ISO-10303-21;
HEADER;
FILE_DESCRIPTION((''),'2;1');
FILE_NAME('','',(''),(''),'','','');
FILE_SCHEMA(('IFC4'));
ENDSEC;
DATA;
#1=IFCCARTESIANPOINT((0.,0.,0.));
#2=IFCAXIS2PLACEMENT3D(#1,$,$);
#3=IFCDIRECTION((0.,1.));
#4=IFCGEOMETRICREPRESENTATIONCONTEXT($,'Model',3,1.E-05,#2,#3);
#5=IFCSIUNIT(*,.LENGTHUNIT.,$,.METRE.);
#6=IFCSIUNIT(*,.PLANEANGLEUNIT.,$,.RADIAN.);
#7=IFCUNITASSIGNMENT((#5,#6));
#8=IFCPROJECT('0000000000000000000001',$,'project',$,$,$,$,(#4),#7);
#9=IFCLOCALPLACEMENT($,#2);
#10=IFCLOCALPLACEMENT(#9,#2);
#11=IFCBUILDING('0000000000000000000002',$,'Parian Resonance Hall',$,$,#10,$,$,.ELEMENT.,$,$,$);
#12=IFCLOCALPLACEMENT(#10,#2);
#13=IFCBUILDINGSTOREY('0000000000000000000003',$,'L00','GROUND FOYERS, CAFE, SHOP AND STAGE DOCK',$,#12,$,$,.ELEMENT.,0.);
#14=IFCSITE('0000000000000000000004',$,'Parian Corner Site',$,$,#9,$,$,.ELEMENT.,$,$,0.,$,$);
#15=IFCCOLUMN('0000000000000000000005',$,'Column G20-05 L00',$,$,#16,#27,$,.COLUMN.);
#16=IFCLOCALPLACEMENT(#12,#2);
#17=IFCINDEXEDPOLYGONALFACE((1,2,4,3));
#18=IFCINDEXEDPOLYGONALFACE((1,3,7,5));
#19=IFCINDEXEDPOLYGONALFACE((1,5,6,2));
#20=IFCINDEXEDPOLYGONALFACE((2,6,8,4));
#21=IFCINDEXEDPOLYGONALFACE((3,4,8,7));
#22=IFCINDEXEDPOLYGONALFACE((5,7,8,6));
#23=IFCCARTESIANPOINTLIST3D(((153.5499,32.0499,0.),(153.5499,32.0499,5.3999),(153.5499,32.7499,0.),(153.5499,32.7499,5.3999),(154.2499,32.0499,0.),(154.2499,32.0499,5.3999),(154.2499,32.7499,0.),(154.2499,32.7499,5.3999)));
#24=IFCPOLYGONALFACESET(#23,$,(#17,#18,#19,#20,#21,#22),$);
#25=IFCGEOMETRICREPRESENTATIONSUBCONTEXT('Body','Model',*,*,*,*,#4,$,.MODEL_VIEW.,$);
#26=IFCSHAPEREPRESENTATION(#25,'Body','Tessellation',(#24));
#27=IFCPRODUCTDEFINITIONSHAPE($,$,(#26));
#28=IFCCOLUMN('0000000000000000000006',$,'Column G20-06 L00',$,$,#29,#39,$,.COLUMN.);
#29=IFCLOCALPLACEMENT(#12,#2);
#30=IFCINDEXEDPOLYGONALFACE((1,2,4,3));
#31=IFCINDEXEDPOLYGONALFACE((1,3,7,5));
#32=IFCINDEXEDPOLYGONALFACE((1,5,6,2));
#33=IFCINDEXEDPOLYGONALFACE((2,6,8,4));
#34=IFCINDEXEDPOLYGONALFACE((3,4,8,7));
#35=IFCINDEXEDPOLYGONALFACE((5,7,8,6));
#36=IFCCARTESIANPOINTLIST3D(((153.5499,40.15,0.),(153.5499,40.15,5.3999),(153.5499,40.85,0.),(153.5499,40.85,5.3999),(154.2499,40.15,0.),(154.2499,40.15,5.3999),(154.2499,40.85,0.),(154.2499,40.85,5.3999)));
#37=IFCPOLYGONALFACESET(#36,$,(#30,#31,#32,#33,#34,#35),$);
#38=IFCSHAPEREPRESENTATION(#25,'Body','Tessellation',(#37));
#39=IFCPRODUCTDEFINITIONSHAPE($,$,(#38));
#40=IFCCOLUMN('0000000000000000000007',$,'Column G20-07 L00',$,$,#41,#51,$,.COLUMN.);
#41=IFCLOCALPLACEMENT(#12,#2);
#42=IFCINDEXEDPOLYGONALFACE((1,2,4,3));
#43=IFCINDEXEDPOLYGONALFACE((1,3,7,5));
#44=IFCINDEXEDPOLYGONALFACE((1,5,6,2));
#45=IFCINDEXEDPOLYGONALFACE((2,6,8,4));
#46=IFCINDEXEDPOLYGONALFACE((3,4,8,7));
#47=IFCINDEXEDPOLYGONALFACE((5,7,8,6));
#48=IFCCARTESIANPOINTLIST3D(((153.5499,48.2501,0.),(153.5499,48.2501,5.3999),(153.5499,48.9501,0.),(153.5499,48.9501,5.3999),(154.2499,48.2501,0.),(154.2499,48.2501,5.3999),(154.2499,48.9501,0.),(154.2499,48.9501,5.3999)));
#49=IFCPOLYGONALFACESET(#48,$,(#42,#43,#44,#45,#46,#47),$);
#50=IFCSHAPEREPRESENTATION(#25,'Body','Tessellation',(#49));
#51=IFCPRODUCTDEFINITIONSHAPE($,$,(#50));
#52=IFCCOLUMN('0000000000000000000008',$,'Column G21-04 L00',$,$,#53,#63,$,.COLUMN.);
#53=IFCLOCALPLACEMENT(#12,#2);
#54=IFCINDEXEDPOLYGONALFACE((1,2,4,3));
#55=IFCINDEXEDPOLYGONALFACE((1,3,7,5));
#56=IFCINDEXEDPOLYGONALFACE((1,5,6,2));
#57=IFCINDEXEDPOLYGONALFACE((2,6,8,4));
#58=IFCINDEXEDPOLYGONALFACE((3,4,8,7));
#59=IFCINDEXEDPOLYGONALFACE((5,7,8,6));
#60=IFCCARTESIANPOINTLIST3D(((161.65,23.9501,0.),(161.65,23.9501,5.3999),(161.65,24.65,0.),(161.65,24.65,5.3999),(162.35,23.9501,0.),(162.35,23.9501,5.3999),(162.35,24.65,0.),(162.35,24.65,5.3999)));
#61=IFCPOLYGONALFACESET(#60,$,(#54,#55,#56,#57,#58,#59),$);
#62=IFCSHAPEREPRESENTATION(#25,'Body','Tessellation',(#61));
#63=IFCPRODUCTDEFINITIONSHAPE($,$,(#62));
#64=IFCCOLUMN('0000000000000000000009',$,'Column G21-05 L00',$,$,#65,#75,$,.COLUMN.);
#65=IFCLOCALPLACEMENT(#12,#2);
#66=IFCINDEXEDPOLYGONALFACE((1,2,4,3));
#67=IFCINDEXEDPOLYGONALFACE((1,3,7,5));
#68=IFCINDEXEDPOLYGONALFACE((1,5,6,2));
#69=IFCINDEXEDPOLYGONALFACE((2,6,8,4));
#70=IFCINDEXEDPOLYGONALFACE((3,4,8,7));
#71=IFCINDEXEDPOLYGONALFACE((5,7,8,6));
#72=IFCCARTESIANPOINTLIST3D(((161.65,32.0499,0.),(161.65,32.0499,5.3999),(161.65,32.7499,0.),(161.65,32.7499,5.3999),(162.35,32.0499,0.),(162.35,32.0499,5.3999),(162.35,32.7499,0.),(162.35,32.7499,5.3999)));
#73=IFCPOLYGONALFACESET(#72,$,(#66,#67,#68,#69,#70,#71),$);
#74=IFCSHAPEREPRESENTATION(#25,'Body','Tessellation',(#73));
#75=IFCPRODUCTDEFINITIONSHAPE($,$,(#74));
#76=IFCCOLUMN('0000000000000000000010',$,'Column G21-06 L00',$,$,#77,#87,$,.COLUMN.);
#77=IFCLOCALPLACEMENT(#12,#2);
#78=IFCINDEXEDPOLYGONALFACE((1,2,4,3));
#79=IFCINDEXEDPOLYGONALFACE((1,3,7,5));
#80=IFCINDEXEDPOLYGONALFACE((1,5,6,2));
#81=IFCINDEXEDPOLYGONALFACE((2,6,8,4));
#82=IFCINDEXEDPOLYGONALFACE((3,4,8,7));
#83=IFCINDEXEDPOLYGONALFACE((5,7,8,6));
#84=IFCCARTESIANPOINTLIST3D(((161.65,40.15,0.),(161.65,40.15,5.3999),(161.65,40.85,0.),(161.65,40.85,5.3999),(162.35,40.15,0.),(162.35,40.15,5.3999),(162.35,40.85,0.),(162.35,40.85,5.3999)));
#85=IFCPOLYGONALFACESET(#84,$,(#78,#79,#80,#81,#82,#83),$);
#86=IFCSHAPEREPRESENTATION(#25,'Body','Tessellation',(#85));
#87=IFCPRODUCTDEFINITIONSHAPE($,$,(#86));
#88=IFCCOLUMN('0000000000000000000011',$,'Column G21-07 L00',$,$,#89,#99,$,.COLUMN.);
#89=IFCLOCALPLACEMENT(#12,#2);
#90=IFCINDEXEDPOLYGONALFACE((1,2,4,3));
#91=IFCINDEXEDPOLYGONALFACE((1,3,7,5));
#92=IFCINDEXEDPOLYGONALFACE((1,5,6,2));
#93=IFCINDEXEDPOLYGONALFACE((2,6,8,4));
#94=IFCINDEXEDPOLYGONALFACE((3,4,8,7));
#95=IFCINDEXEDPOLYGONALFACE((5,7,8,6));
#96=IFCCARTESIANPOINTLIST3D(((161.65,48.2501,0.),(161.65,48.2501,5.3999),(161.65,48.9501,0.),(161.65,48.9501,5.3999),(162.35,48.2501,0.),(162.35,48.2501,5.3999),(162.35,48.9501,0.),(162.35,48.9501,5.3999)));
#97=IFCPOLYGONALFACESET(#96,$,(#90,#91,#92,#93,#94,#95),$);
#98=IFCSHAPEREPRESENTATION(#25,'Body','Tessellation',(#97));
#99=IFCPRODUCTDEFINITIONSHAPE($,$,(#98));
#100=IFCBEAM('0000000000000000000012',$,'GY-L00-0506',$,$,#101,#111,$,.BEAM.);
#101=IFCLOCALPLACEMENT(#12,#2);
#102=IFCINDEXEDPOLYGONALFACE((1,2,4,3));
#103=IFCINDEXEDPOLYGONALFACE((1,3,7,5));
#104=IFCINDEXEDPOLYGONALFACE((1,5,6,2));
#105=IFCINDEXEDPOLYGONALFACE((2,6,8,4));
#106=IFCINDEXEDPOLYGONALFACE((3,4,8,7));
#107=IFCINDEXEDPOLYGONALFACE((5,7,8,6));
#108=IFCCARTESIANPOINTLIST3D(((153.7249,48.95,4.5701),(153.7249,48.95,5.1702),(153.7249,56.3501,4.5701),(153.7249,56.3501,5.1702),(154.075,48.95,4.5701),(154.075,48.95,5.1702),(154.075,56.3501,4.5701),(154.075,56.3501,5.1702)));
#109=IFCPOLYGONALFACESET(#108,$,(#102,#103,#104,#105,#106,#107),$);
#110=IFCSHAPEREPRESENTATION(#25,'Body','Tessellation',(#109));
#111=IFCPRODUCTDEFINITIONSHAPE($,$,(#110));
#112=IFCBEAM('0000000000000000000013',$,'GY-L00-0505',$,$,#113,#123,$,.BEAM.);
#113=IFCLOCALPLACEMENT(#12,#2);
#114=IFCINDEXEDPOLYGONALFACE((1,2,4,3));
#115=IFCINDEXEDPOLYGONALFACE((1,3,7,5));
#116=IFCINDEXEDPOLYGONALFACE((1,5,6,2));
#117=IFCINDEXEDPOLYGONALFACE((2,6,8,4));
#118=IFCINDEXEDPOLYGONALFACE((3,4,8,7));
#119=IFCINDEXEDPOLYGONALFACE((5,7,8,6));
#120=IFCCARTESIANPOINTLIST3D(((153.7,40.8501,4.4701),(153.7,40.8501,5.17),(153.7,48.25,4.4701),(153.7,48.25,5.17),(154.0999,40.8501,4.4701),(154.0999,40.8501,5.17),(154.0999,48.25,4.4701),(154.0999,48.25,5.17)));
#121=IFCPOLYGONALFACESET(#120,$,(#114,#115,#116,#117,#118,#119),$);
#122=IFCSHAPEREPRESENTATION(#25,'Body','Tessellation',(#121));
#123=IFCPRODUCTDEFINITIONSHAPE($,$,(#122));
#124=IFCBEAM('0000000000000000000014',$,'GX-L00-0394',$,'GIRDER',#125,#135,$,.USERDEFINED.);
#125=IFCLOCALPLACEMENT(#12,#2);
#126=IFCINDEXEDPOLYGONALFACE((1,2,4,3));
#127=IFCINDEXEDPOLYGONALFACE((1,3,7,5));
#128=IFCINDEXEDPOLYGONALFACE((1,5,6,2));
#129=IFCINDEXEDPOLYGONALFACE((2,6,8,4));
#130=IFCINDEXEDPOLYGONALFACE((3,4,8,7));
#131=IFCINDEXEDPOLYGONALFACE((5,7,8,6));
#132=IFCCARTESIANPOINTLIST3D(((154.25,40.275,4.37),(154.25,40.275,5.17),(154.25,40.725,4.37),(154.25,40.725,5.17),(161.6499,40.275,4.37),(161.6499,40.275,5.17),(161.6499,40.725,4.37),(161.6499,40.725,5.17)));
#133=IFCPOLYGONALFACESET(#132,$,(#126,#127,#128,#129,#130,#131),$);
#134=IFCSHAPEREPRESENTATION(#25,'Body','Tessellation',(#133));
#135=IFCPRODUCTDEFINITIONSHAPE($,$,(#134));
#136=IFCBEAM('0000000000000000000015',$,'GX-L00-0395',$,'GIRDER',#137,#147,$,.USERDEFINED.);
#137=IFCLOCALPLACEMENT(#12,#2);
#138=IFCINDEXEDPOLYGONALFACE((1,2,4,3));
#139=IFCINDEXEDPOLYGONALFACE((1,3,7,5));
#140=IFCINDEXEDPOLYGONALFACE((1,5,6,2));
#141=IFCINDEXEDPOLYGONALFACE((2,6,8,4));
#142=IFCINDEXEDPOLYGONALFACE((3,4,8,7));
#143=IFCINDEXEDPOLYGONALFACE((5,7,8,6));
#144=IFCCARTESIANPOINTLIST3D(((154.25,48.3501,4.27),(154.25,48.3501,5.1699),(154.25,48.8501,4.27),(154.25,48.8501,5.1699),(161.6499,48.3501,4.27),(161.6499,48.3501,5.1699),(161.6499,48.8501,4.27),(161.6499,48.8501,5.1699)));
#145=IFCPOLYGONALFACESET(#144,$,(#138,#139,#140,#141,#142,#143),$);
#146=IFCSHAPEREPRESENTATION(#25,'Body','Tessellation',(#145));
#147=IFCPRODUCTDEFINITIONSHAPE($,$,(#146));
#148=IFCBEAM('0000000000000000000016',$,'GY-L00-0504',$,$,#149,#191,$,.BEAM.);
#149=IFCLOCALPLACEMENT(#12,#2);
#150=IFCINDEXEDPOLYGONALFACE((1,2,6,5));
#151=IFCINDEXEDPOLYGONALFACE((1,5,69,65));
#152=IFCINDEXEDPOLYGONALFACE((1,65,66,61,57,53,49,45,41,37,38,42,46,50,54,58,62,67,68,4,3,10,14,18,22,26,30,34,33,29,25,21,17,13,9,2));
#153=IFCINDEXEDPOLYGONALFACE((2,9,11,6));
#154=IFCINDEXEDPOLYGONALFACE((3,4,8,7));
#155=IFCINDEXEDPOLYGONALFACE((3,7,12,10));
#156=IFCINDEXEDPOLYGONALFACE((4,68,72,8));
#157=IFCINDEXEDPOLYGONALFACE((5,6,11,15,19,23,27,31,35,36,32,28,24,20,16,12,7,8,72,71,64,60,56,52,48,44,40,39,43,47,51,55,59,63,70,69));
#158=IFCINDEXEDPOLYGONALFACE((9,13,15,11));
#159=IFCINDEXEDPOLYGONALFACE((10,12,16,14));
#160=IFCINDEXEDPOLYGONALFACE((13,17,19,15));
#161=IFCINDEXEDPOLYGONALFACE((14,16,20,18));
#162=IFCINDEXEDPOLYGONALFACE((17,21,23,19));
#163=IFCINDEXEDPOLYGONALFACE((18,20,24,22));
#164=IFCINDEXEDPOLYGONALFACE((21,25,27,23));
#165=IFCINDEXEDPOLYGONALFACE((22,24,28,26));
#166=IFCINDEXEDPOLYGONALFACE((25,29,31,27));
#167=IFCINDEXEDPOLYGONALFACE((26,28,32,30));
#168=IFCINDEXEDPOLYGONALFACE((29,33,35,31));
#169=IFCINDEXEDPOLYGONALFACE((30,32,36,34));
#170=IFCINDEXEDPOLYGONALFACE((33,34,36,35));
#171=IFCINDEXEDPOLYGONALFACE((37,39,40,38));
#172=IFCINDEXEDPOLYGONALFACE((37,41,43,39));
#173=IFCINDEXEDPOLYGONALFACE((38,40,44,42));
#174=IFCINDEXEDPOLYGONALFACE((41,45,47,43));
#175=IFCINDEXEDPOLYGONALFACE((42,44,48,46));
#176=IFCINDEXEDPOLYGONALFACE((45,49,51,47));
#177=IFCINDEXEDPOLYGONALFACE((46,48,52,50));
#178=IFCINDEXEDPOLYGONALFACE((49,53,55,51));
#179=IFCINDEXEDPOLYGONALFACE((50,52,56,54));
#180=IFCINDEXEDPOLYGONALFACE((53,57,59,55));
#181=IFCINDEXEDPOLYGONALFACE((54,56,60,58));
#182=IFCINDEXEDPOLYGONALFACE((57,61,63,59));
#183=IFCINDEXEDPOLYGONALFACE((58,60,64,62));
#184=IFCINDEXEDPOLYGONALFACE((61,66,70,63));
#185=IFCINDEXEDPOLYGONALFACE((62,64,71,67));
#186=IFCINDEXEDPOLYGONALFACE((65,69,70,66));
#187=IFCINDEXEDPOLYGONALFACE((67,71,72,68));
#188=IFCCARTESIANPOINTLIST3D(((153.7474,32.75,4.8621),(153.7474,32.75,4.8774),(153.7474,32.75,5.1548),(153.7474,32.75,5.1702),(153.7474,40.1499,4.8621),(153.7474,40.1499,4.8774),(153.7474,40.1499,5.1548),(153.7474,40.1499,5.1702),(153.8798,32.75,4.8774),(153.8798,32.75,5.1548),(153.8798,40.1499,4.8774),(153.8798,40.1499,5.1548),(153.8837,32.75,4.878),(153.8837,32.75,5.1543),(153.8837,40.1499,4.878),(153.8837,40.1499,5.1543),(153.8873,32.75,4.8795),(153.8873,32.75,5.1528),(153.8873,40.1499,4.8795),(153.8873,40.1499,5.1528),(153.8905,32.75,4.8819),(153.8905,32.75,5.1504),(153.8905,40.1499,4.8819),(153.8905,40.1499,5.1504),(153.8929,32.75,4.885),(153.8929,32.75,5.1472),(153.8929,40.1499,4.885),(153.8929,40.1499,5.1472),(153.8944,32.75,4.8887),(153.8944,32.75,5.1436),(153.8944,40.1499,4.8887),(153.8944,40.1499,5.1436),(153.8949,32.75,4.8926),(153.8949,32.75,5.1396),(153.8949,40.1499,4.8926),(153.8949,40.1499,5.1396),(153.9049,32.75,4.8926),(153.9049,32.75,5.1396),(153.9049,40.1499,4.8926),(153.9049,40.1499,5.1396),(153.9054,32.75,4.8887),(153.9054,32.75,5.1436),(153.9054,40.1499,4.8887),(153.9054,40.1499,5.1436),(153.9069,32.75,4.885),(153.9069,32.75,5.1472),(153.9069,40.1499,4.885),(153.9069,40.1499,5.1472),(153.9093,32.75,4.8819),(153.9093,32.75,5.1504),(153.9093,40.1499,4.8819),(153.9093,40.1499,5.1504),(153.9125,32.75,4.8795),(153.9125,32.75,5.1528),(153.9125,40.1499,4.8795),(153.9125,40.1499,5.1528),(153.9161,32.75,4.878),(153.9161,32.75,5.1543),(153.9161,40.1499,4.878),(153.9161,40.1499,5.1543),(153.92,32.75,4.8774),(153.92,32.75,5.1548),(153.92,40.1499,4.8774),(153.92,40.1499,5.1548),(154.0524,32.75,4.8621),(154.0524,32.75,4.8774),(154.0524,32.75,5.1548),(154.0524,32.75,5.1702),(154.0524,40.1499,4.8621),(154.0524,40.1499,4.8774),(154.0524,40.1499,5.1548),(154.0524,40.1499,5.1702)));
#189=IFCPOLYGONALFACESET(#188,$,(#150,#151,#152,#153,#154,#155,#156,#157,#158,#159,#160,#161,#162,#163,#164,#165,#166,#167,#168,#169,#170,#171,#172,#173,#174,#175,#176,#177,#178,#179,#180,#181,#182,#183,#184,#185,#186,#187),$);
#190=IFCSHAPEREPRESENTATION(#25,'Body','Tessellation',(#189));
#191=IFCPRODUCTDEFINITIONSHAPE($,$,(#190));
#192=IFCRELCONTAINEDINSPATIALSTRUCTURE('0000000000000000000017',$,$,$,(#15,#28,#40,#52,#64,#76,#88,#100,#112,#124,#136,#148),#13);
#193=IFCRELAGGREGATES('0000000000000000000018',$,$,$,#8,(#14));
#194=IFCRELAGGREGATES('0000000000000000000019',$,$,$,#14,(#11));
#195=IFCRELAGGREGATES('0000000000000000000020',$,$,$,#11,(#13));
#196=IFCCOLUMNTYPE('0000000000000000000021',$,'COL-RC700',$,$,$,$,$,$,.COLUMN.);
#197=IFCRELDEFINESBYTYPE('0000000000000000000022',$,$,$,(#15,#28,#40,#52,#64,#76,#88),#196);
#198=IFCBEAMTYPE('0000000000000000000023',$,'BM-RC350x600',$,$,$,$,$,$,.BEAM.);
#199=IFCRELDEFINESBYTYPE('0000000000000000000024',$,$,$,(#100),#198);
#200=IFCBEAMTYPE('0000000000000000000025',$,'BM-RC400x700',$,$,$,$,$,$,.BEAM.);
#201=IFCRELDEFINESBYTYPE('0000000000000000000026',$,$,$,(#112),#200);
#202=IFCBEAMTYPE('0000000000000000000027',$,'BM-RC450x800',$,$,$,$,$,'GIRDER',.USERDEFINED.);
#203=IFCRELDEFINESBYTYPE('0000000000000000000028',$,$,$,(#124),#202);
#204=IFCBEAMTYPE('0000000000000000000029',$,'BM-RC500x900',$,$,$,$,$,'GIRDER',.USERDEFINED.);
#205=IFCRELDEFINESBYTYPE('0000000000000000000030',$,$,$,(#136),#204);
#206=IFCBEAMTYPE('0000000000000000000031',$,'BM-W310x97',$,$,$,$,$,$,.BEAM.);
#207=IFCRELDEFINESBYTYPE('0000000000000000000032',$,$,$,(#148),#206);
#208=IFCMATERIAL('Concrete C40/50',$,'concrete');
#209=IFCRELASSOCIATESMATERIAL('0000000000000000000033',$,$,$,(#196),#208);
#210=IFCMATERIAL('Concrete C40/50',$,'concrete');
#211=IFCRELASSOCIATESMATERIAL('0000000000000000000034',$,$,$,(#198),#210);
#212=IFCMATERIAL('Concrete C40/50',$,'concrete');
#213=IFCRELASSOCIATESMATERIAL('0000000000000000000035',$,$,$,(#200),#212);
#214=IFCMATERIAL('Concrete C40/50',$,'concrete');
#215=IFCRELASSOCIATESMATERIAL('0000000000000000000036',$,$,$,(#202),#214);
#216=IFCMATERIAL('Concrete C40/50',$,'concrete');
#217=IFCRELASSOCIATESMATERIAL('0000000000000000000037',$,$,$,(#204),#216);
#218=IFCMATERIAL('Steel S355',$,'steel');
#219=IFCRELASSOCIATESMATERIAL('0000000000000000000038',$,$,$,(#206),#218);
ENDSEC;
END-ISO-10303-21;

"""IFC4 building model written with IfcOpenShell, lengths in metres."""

from ifc_helpers import new_model, si_unit, direction, frame, origin, origin_2d, place, context, subcontext, project, spatial, rectangle, i_section, extrude, material, material_profile, profile_set, type_object, element, save


model = new_model("IFC4")

# Units and contexts
model_context = context("Model", 3, precision=1e-05, world=origin(), true_north=direction((0.0, 1.0)))
body_context = subcontext(model_context, "Body", "Model", "MODEL_VIEW")
ifc_project = project(units=[si_unit("LENGTHUNIT", "METRE"), si_unit("PLANEANGLEUNIT", "RADIAN")], contexts=[model_context])

# Site, building, storey
site_placement = place(None, origin())
site = spatial("IfcSite", under=ifc_project, at=site_placement, Name="Parian Corner Site", CompositionType="ELEMENT", RefElevation=0.0)
building_placement = place(site_placement, origin())
building = spatial("IfcBuilding", under=site, at=building_placement, Name="Parian Resonance Hall", CompositionType="ELEMENT")
storey_placement = place(building_placement, origin())
storey = spatial("IfcBuildingStorey", under=building, at=storey_placement, Name="L00", Description="GROUND FOYERS, CAFE, SHOP AND STAGE DOCK", CompositionType="ELEMENT", Elevation=0.0)

# Columns
ifc_material_1 = material(Name="Concrete C40/50", Category="concrete")
ifc_material_profile_1 = material_profile(ifc_material_1, rectangle(XDim=0.7, YDim=0.7, at=origin_2d()), Name="RC-COL-700x700")
ifc_profile_set_1 = profile_set([ifc_material_profile_1], Name="Concrete C40/50")
column_type = type_object("IfcColumnType", Name="COL-RC700", PredefinedType="COLUMN", material=ifc_profile_set_1)
for number, where, z_axis, x_axis, name in (
    (1, (153.8999, 32.3999, 0.0), (0.0, 0.0, 1.0), (1.0, 0.0, 0.0), "Column G20-05 L00"),
    (2, (153.8999, 40.5, 0.0), (0.0, 0.0, 1.0), (1.0, 0.0, 0.0), "Column G20-06 L00"),
    (3, (153.8999, 48.6001, 0.0), (0.0, 0.0, 1.0), (1.0, 0.0, 0.0), "Column G20-07 L00"),
    (4, (162.0, 24.3, 0.0), (0.0, 0.0, 1.0), (1.0, 0.0, 0.0), "Column G21-04 L00"),
    (5, (162.0, 32.3999, 0.0), (0.0, 0.0, 1.0), (1.0, 0.0, 0.0), "Column G21-05 L00"),
    (6, (162.0, 40.5, 0.0), (0.0, 0.0, 1.0), (1.0, 0.0, 0.0), "Column G21-06 L00"),
    (7, (162.0, 48.6001, 0.0), (0.0, 0.0, 1.0), (1.0, 0.0, 0.0), "Column G21-07 L00"),
):
    element("IfcColumn", number, at=place(storey_placement, frame(where, z_axis=z_axis, x_axis=x_axis)), inside=storey, type_object=column_type, Name=name, PredefinedType="COLUMN", context=body_context, shape_type="SweptSolid", body=[
        extrude(rectangle(XDim=0.7, YDim=0.7, at=origin_2d()), origin(), (0.0, 0.0, 1.0), 5.3999),
    ])

# Beams
ifc_material_2 = material(Name="Concrete C40/50", Category="concrete")
ifc_material_profile_2 = material_profile(ifc_material_2, rectangle(XDim=0.3501, YDim=0.6001, at=origin_2d()), Name="RC-BM-350x600")
ifc_profile_set_2 = profile_set([ifc_material_profile_2], Name="Concrete C40/50")
beam_type_1 = type_object("IfcBeamType", Name="BM-RC350x600", PredefinedType="BEAM", material=ifc_profile_set_2)
beam_1_placement = place(storey_placement, frame((153.8999, 48.95, 4.8701), z_axis=(0.0, 1.0, 0.0), x_axis=(-1.0, 0.0, 0.0)))
element("IfcBeam", 8, at=beam_1_placement, inside=storey, type_object=beam_type_1, Name="GY-L00-0506", PredefinedType="BEAM", context=body_context, shape_type="SweptSolid", body=[
    extrude(rectangle(XDim=0.3501, YDim=0.6001, at=origin_2d()), origin(), (0.0, 0.0, 1.0), 7.4001),
])
ifc_material_3 = material(Name="Concrete C40/50", Category="concrete")
ifc_material_profile_3 = material_profile(ifc_material_3, rectangle(XDim=0.3999, YDim=0.7, at=origin_2d()), Name="RC-BM-400x700")
ifc_profile_set_3 = profile_set([ifc_material_profile_3], Name="Concrete C40/50")
beam_type_2 = type_object("IfcBeamType", Name="BM-RC400x700", PredefinedType="BEAM", material=ifc_profile_set_3)
beam_2_placement = place(storey_placement, frame((153.8999, 40.8501, 4.8201), z_axis=(0.0, 1.0, 0.0), x_axis=(-1.0, 0.0, 0.0)))
element("IfcBeam", 9, at=beam_2_placement, inside=storey, type_object=beam_type_2, Name="GY-L00-0505", PredefinedType="BEAM", context=body_context, shape_type="SweptSolid", body=[
    extrude(rectangle(XDim=0.3999, YDim=0.7, at=origin_2d()), origin(), (0.0, 0.0, 1.0), 7.3999),
])
ifc_material_4 = material(Name="Concrete C40/50", Category="concrete")
ifc_material_profile_4 = material_profile(ifc_material_4, rectangle(XDim=0.45, YDim=0.8, at=origin_2d()), Name="RC-BM-450x800")
ifc_profile_set_4 = profile_set([ifc_material_profile_4], Name="Concrete C40/50")
beam_type_3 = type_object("IfcBeamType", Name="BM-RC450x800", ElementType="GIRDER", PredefinedType="USERDEFINED", material=ifc_profile_set_4)
beam_3_placement = place(storey_placement, frame((154.25, 40.5, 4.77), z_axis=(1.0, 0.0, 0.0), x_axis=(0.0, 1.0, 0.0)))
element("IfcBeam", 10, at=beam_3_placement, inside=storey, type_object=beam_type_3, Name="GX-L00-0394", ObjectType="GIRDER", PredefinedType="USERDEFINED", context=body_context, shape_type="SweptSolid", body=[
    extrude(rectangle(XDim=0.45, YDim=0.8, at=origin_2d()), origin(), (0.0, 0.0, 1.0), 7.3999),
])
ifc_material_5 = material(Name="Concrete C40/50", Category="concrete")
ifc_material_profile_5 = material_profile(ifc_material_5, rectangle(XDim=0.5, YDim=0.8999, at=origin_2d()), Name="RC-BM-500x900")
ifc_profile_set_5 = profile_set([ifc_material_profile_5], Name="Concrete C40/50")
beam_type_4 = type_object("IfcBeamType", Name="BM-RC500x900", ElementType="GIRDER", PredefinedType="USERDEFINED", material=ifc_profile_set_5)
beam_4_placement = place(storey_placement, frame((154.25, 48.6001, 4.72), z_axis=(1.0, 0.0, 0.0), x_axis=(0.0, 1.0, 0.0)))
element("IfcBeam", 11, at=beam_4_placement, inside=storey, type_object=beam_type_4, Name="GX-L00-0395", ObjectType="GIRDER", PredefinedType="USERDEFINED", context=body_context, shape_type="SweptSolid", body=[
    extrude(rectangle(XDim=0.5, YDim=0.8999, at=origin_2d()), origin(), (0.0, 0.0, 1.0), 7.3999),
])
ifc_material_6 = material(Name="Steel S355", Category="steel")
ifc_material_profile_6 = material_profile(ifc_material_6, i_section(OverallWidth=0.3049, OverallDepth=0.3081, WebThickness=0.01, FlangeThickness=0.0154, FilletRadius=0.0151, at=origin_2d()), Name="W310x97")
ifc_profile_set_6 = profile_set([ifc_material_profile_6], Name="Steel S355")
beam_type_5 = type_object("IfcBeamType", Name="BM-W310x97", PredefinedType="BEAM", material=ifc_profile_set_6)
beam_5_placement = place(storey_placement, frame((153.8999, 32.75, 5.0161), z_axis=(0.0, 1.0, 0.0), x_axis=(-1.0, 0.0, 0.0)))
element("IfcBeam", 12, at=beam_5_placement, inside=storey, type_object=beam_type_5, Name="GY-L00-0504", PredefinedType="BEAM", context=body_context, shape_type="SweptSolid", body=[
    extrude(i_section(OverallWidth=0.3049, OverallDepth=0.3081, WebThickness=0.01, FlangeThickness=0.0154, FilletRadius=0.0151, at=origin_2d()), origin(), (0.0, 0.0, 1.0), 7.3999),
])

save(model, "model.ifc")
